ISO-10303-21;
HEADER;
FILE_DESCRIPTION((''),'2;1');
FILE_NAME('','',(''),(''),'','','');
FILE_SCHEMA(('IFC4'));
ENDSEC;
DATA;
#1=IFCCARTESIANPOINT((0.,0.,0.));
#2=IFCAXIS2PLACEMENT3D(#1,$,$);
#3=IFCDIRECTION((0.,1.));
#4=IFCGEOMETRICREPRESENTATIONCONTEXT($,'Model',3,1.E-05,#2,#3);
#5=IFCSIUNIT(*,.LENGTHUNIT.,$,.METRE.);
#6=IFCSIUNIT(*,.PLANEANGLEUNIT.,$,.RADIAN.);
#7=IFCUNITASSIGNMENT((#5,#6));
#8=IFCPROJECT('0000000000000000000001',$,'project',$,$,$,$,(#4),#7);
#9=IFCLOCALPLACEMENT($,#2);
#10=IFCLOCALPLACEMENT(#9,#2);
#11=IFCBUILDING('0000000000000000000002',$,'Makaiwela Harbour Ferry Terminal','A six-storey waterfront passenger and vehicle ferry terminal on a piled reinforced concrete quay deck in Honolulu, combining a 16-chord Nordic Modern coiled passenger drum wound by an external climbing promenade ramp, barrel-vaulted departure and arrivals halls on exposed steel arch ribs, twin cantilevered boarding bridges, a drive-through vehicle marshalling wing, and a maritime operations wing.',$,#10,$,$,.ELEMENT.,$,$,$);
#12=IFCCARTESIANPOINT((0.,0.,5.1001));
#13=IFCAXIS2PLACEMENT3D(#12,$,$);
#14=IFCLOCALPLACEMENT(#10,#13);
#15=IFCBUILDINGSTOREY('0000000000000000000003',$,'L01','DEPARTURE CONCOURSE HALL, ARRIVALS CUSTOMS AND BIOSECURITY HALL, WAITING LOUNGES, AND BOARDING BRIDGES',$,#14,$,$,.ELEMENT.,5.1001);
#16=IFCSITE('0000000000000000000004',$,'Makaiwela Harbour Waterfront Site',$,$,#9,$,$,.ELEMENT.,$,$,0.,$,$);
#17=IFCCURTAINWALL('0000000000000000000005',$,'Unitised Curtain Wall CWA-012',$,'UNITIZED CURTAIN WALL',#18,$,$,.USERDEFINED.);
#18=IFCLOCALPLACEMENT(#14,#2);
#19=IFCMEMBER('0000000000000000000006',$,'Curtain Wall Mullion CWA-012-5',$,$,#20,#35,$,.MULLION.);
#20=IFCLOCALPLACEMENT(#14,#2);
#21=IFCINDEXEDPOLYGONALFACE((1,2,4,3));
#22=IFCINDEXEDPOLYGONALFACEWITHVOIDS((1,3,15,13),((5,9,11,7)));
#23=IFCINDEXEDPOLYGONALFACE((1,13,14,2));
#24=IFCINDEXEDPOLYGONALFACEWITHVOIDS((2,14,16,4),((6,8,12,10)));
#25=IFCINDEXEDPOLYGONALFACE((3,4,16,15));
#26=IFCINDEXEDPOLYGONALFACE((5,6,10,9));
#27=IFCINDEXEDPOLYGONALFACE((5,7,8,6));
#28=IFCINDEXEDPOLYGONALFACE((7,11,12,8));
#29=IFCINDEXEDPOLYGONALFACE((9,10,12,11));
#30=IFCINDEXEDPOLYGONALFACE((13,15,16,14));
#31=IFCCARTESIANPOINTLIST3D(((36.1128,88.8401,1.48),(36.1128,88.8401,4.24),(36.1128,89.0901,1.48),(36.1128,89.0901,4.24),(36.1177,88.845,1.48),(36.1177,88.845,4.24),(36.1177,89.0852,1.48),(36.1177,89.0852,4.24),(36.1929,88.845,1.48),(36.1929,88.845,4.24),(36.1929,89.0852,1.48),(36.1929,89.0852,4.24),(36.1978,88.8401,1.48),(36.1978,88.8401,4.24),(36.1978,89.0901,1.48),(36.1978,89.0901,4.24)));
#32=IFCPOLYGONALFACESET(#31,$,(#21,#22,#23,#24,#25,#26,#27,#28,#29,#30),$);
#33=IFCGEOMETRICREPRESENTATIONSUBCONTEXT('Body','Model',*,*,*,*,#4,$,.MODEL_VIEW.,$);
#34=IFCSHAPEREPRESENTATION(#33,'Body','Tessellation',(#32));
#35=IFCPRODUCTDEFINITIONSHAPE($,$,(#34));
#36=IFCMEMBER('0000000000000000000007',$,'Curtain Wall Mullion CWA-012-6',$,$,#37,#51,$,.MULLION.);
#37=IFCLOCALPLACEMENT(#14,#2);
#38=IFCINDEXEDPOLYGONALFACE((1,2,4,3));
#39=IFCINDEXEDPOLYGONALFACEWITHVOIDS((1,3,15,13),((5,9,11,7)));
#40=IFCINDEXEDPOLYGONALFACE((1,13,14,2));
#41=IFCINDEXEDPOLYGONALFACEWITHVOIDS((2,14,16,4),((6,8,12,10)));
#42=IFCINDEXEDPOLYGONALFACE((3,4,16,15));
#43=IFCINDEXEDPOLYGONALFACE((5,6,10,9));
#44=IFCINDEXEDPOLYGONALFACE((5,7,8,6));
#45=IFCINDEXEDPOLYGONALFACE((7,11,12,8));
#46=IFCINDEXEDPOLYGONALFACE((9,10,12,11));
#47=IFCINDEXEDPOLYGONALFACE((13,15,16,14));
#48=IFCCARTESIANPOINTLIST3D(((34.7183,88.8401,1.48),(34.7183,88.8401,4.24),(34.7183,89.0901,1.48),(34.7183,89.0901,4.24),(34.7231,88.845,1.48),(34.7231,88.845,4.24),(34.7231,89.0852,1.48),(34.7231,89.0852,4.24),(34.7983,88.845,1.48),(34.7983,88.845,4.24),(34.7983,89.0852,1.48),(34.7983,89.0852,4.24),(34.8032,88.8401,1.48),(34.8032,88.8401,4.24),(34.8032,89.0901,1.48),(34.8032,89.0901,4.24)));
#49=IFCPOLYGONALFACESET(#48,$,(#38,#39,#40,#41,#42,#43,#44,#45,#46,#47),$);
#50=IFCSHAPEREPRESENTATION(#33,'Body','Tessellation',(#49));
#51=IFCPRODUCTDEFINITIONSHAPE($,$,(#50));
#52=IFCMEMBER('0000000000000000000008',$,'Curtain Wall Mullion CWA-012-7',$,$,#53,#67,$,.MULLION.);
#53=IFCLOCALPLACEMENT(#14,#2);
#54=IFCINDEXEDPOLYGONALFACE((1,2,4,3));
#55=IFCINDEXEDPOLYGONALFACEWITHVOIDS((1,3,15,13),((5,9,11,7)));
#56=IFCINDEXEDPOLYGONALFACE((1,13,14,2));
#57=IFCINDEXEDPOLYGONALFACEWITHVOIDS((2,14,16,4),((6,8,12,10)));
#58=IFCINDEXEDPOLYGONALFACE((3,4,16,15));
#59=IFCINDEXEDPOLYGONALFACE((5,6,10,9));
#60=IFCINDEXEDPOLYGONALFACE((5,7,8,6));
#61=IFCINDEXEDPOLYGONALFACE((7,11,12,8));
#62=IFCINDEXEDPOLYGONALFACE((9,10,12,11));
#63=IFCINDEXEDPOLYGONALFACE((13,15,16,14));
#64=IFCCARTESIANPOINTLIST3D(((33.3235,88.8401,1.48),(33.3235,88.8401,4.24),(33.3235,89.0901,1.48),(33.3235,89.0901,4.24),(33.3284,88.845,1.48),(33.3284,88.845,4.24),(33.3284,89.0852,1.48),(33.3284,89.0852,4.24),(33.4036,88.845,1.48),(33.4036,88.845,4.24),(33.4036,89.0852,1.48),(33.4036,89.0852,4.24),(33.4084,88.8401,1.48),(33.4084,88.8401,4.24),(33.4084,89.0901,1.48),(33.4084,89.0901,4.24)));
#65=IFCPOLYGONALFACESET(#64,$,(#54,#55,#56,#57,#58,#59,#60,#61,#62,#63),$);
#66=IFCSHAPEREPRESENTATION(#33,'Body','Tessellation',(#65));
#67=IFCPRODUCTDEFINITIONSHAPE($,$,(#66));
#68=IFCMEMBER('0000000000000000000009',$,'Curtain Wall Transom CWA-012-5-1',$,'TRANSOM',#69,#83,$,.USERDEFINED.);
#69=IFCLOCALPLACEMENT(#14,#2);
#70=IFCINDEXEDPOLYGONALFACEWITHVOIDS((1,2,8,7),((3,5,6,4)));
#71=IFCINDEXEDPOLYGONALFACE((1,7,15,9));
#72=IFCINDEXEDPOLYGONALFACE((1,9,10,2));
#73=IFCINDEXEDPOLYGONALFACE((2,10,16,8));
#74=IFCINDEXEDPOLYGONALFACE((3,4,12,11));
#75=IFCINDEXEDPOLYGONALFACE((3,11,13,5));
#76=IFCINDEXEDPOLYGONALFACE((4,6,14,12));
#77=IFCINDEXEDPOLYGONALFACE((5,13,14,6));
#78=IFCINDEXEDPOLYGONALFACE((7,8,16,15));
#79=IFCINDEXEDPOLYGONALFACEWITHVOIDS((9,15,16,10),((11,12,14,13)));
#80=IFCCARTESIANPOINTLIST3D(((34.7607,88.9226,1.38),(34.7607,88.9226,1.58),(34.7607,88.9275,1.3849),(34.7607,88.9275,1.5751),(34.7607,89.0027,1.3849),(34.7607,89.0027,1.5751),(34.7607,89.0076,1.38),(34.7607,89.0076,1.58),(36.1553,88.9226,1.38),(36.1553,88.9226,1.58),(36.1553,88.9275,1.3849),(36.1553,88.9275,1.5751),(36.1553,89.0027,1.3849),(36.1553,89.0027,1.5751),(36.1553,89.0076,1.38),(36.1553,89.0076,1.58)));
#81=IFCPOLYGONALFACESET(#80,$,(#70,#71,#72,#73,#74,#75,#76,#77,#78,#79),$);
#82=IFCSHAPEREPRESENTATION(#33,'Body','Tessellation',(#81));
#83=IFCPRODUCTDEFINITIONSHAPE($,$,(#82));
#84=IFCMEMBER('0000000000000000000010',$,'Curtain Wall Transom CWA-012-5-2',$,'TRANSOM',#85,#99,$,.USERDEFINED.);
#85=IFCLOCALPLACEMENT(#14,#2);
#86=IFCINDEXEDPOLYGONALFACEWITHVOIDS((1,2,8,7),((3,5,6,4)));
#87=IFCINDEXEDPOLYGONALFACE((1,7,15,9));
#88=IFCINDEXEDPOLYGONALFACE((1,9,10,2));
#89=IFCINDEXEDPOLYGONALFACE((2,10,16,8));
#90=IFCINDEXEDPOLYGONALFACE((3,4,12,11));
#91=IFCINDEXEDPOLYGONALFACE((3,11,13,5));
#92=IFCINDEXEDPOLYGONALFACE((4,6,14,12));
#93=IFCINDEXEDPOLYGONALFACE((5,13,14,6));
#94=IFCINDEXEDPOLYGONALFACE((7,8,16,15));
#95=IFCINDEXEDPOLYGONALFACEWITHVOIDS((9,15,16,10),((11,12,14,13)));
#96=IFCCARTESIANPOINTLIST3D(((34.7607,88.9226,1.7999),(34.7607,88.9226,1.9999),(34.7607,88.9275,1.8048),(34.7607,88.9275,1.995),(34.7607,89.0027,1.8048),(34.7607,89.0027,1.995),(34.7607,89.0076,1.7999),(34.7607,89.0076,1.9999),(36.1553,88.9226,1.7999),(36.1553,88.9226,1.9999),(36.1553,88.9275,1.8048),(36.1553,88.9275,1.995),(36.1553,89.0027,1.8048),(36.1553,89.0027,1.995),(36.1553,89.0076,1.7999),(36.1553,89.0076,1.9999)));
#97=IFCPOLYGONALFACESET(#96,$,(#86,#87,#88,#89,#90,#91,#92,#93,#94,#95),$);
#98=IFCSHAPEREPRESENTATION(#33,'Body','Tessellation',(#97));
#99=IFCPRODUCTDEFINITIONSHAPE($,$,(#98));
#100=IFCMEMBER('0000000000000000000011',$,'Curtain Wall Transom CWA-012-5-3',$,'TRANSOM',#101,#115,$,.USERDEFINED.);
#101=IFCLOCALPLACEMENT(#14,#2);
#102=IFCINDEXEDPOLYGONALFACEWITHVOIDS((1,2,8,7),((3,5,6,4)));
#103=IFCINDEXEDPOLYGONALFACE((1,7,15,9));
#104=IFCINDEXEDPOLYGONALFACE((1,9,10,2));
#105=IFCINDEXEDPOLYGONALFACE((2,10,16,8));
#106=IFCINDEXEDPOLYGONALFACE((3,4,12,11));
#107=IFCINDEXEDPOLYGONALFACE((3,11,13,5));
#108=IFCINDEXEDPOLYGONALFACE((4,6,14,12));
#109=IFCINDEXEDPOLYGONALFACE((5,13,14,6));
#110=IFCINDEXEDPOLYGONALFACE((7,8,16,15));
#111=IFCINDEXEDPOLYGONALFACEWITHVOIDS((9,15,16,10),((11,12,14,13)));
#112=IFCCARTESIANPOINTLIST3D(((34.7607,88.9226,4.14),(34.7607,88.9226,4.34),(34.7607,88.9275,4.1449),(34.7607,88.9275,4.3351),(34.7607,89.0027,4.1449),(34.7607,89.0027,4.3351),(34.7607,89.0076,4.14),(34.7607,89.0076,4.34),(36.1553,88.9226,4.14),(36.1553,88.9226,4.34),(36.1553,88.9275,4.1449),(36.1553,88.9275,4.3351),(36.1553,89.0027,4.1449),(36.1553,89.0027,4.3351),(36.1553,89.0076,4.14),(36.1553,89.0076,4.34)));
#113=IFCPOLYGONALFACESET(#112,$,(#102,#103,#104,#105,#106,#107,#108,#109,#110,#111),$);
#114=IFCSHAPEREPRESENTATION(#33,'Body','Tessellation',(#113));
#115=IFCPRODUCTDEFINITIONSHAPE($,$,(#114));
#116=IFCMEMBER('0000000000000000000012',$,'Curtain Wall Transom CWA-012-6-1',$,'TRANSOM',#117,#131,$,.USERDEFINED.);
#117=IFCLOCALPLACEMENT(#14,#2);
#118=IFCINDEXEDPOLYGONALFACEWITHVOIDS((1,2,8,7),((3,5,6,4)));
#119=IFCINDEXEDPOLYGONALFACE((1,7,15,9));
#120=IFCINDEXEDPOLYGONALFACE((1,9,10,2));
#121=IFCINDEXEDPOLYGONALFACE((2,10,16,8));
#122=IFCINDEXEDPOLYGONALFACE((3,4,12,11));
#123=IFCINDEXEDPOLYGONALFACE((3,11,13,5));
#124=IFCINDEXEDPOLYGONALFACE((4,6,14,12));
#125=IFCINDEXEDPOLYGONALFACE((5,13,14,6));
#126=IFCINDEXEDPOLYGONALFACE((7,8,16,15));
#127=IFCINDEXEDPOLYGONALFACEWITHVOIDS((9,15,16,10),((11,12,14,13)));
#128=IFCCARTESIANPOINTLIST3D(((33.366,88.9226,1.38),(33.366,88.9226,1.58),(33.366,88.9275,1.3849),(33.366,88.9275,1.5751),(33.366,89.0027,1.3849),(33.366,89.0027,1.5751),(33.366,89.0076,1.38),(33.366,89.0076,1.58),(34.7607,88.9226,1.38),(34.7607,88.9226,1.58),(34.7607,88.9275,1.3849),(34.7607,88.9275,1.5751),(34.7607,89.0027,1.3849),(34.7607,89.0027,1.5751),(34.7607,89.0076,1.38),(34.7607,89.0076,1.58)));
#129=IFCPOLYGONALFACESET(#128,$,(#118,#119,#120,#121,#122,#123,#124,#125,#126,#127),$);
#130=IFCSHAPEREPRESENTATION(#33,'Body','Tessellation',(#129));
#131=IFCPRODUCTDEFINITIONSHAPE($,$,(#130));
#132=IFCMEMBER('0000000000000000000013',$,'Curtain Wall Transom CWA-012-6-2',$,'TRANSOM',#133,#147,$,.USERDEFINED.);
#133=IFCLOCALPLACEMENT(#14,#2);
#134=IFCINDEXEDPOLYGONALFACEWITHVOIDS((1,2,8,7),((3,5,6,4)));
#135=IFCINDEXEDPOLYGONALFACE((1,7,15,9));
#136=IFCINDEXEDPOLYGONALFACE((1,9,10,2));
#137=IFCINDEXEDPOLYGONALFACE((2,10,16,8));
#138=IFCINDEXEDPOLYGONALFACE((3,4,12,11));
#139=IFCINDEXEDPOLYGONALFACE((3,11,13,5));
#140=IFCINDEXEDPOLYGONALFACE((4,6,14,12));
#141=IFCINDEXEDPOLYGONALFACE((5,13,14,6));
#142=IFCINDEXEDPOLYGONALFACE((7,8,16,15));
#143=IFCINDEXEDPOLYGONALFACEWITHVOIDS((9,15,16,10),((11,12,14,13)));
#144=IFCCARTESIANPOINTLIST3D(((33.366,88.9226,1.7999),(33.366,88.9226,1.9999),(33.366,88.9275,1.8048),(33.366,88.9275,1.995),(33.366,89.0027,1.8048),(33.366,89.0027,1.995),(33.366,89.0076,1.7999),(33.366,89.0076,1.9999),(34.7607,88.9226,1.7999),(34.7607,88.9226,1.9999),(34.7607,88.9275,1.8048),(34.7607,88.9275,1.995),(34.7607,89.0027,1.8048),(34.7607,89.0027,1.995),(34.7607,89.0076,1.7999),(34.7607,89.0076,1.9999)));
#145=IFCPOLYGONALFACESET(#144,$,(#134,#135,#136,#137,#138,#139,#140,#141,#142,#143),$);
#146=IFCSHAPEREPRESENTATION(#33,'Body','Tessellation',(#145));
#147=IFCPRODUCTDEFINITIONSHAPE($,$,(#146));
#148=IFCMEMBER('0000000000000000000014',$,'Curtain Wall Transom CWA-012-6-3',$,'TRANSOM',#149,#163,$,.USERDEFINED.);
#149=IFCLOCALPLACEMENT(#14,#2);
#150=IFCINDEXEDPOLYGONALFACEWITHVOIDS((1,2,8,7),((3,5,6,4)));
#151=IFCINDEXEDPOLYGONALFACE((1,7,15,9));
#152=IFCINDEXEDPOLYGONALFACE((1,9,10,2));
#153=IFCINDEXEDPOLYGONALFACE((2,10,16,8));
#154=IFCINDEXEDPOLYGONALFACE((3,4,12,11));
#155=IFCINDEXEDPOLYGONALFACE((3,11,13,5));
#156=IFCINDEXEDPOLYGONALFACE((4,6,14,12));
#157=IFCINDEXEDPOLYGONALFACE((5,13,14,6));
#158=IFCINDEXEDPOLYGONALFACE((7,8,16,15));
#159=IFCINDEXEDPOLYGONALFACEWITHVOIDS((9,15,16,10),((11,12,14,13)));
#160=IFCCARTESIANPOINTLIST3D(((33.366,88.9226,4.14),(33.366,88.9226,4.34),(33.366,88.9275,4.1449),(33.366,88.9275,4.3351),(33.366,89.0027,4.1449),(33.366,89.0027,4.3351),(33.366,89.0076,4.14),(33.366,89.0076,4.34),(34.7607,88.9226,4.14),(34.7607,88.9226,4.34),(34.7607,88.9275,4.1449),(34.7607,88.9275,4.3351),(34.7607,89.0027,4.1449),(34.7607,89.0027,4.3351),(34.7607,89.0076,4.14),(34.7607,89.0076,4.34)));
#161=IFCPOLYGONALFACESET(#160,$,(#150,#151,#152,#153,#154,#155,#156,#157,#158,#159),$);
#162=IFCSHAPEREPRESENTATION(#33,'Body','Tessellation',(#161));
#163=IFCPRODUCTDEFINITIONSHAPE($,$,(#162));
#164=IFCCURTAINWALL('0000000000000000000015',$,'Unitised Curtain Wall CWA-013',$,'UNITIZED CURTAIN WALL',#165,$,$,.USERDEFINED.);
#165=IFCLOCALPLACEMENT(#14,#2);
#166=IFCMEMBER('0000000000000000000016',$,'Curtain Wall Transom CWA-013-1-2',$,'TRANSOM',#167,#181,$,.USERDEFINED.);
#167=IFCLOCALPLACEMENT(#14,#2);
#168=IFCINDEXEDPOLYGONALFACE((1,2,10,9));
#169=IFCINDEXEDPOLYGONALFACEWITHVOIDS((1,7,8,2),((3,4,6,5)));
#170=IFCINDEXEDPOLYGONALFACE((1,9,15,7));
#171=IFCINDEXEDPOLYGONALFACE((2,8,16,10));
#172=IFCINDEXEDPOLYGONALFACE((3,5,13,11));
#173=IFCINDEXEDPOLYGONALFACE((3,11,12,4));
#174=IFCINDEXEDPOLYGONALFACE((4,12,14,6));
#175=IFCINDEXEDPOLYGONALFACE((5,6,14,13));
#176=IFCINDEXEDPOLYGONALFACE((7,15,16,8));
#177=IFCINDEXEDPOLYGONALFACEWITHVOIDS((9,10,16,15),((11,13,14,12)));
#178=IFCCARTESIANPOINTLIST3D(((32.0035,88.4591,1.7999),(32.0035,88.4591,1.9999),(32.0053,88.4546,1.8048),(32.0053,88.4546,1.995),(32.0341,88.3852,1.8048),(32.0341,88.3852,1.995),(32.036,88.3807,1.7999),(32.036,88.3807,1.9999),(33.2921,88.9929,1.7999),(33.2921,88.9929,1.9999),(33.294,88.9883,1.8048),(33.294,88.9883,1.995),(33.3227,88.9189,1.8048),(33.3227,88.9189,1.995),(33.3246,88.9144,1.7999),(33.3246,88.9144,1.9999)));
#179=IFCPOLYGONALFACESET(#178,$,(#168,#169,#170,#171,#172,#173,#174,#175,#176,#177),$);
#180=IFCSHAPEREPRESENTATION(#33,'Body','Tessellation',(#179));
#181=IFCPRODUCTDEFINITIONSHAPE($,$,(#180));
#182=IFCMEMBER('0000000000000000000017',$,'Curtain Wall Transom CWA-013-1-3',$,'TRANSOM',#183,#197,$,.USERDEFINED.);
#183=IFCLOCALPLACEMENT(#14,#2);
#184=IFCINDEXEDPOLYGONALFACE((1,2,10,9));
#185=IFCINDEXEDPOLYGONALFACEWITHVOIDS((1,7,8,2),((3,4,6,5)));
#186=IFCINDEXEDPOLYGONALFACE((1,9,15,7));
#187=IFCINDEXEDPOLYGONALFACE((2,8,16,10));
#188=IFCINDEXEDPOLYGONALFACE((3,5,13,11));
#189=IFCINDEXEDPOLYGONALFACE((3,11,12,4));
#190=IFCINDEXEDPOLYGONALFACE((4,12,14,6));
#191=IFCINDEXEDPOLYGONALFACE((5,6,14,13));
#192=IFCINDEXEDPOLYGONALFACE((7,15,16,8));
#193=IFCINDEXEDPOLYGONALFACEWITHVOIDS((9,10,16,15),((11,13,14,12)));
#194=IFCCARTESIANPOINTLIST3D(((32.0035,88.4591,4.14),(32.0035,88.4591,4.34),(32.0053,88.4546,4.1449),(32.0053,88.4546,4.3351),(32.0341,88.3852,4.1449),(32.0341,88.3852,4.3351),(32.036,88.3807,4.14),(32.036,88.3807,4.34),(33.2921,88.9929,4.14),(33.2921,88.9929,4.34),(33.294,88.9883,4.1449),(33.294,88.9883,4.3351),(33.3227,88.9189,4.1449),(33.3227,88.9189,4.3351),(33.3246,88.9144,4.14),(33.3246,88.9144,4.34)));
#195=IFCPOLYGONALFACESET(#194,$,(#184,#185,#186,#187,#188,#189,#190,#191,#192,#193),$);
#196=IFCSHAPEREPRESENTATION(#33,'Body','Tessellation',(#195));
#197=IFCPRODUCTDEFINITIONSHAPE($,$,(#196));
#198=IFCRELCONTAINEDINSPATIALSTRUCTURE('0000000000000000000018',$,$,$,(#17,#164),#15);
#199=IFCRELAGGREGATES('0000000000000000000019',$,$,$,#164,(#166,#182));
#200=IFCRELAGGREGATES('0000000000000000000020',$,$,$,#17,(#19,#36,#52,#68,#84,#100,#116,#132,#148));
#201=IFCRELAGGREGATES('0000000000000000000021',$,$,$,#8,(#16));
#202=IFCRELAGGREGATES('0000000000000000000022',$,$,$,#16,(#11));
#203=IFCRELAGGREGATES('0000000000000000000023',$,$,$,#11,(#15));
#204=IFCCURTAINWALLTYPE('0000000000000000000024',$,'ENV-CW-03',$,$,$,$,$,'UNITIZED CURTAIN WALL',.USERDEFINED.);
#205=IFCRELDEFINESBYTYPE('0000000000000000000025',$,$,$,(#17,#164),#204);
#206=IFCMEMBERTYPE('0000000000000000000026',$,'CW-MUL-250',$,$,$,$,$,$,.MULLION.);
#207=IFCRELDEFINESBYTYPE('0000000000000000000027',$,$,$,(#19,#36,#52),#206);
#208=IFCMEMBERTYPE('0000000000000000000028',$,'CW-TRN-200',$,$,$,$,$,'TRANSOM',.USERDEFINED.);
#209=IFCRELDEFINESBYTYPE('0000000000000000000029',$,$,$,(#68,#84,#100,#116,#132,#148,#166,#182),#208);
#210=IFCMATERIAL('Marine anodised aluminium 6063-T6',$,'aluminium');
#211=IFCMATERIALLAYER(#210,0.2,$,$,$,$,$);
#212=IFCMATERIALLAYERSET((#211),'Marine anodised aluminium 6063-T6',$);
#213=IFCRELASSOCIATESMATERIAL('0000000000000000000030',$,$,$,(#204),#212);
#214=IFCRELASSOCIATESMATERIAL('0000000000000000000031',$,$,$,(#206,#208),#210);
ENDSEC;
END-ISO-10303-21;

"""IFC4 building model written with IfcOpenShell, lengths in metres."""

from ifc_helpers import new_model, si_unit, direction, frame, origin, origin_2d, place, context, subcontext, project, spatial, hollow_rectangle, extrude, material, layer, layer_set, material_profile, profile_set, type_object, element, aggregate, save


model = new_model("IFC4")

# Units and contexts
model_context = context("Model", 3, precision=1e-05, world=origin(), true_north=direction((0.0, 1.0)))
body_context = subcontext(model_context, "Body", "Model", "MODEL_VIEW")
ifc_project = project(units=[si_unit("LENGTHUNIT", "METRE"), si_unit("PLANEANGLEUNIT", "RADIAN")], contexts=[model_context])

# Site, building, storey
site_placement = place(None, origin())
site = spatial("IfcSite", under=ifc_project, at=site_placement, Name="Makaiwela Harbour Waterfront Site", CompositionType="ELEMENT", RefElevation=0.0)
building_placement = place(site_placement, origin())
building = spatial("IfcBuilding", under=site, at=building_placement, Name="Makaiwela Harbour Ferry Terminal", Description="A six-storey waterfront passenger and vehicle ferry terminal on a piled reinforced concrete quay deck in Honolulu, combining a 16-chord Nordic Modern coiled passenger drum wound by an external climbing promenade ramp, barrel-vaulted departure and arrivals halls on exposed steel arch ribs, twin cantilevered boarding bridges, a drive-through vehicle marshalling wing, and a maritime operations wing.", CompositionType="ELEMENT")
storey_placement = place(building_placement, frame((0.0, 0.0, 5.1001)))
storey = spatial("IfcBuildingStorey", under=building, at=storey_placement, Name="L01", Description="DEPARTURE CONCOURSE HALL, ARRIVALS CUSTOMS AND BIOSECURITY HALL, WAITING LOUNGES, AND BOARDING BRIDGES", CompositionType="ELEMENT", Elevation=5.1001)

# Curtain walls, members
ifc_material_1 = material(Name="Marine anodised aluminium 6063-T6", Category="aluminium")
ifc_layer_1 = layer(ifc_material_1, 0.2)
ifc_layer_set_1 = layer_set([ifc_layer_1], Name="Marine anodised aluminium 6063-T6")
curtain_wall_type = type_object("IfcCurtainWallType", Name="ENV-CW-03", ElementType="UNITIZED CURTAIN WALL", PredefinedType="USERDEFINED", material=ifc_layer_set_1)
curtain_wall_1_placement = place(storey_placement, origin())
curtain_wall_1 = element("IfcCurtainWall", 1, at=curtain_wall_1_placement, inside=storey, type_object=curtain_wall_type, Name="Unitised Curtain Wall CWA-012", ObjectType="UNITIZED CURTAIN WALL", PredefinedType="USERDEFINED")
ifc_material_profile_1 = material_profile(ifc_material_1, hollow_rectangle(XDim=0.085, YDim=0.25, WallThickness=0.0049, at=origin_2d()), Name="CWM-250X85")
ifc_profile_set_1 = profile_set([ifc_material_profile_1], Name="Marine anodised aluminium 6063-T6")
member_type_1 = type_object("IfcMemberType", Name="CW-MUL-250", PredefinedType="MULLION", material=ifc_profile_set_1)
member_1_placement = place(storey_placement, frame((36.1553, 88.9651, 1.48), z_axis=(0.0, 0.0, 1.0), x_axis=(1.0, 0.0, 0.0)))
member_1 = element("IfcMember", 2, at=member_1_placement, type_object=member_type_1, Name="Curtain Wall Mullion CWA-012-5", PredefinedType="MULLION", context=body_context, shape_type="SweptSolid", body=[
    extrude(hollow_rectangle(XDim=0.085, YDim=0.25, WallThickness=0.0049, at=origin_2d()), origin(), (0.0, 0.0, 1.0), 2.76),
])
member_2_placement = place(storey_placement, frame((34.7607, 88.9651, 1.48), z_axis=(0.0, 0.0, 1.0), x_axis=(1.0, 0.0, 0.0)))
member_2 = element("IfcMember", 3, at=member_2_placement, type_object=member_type_1, Name="Curtain Wall Mullion CWA-012-6", PredefinedType="MULLION", context=body_context, shape_type="SweptSolid", body=[
    extrude(hollow_rectangle(XDim=0.085, YDim=0.25, WallThickness=0.0049, at=origin_2d()), origin(), (0.0, 0.0, 1.0), 2.76),
])
member_3_placement = place(storey_placement, frame((33.366, 88.9651, 1.48), z_axis=(0.0, 0.0, 1.0), x_axis=(1.0, 0.0, 0.0)))
member_3 = element("IfcMember", 4, at=member_3_placement, type_object=member_type_1, Name="Curtain Wall Mullion CWA-012-7", PredefinedType="MULLION", context=body_context, shape_type="SweptSolid", body=[
    extrude(hollow_rectangle(XDim=0.085, YDim=0.25, WallThickness=0.0049, at=origin_2d()), origin(), (0.0, 0.0, 1.0), 2.76),
])
ifc_material_profile_2 = material_profile(ifc_material_1, hollow_rectangle(XDim=0.085, YDim=0.2, WallThickness=0.0049, at=origin_2d()), Name="CWT-200X85")
ifc_profile_set_2 = profile_set([ifc_material_profile_2], Name="Marine anodised aluminium 6063-T6")
member_type_2 = type_object("IfcMemberType", Name="CW-TRN-200", ElementType="TRANSOM", PredefinedType="USERDEFINED", material=ifc_profile_set_2)
member_4_placement = place(storey_placement, frame((36.1553, 88.9651, 1.48), z_axis=(-1.0, 0.0, 0.0), x_axis=(0.0, -1.0, 0.0)))
member_4 = element("IfcMember", 5, at=member_4_placement, type_object=member_type_2, Name="Curtain Wall Transom CWA-012-5-1", ObjectType="TRANSOM", PredefinedType="USERDEFINED", context=body_context, shape_type="SweptSolid", body=[
    extrude(hollow_rectangle(XDim=0.085, YDim=0.2, WallThickness=0.0049, at=origin_2d()), origin(), (0.0, 0.0, 1.0), 1.3945),
])
member_5_placement = place(storey_placement, frame((36.1553, 88.9651, 1.8999), z_axis=(-1.0, 0.0, 0.0), x_axis=(0.0, -1.0, 0.0)))
member_5 = element("IfcMember", 6, at=member_5_placement, type_object=member_type_2, Name="Curtain Wall Transom CWA-012-5-2", ObjectType="TRANSOM", PredefinedType="USERDEFINED", context=body_context, shape_type="SweptSolid", body=[
    extrude(hollow_rectangle(XDim=0.085, YDim=0.2, WallThickness=0.0049, at=origin_2d()), origin(), (0.0, 0.0, 1.0), 1.3945),
])
member_6_placement = place(storey_placement, frame((36.1553, 88.9651, 4.24), z_axis=(-1.0, 0.0, 0.0), x_axis=(0.0, -1.0, 0.0)))
member_6 = element("IfcMember", 7, at=member_6_placement, type_object=member_type_2, Name="Curtain Wall Transom CWA-012-5-3", ObjectType="TRANSOM", PredefinedType="USERDEFINED", context=body_context, shape_type="SweptSolid", body=[
    extrude(hollow_rectangle(XDim=0.085, YDim=0.2, WallThickness=0.0049, at=origin_2d()), origin(), (0.0, 0.0, 1.0), 1.3945),
])
member_7_placement = place(storey_placement, frame((34.7607, 88.9651, 1.48), z_axis=(-1.0, 0.0, 0.0), x_axis=(0.0, -1.0, 0.0)))
member_7 = element("IfcMember", 8, at=member_7_placement, type_object=member_type_2, Name="Curtain Wall Transom CWA-012-6-1", ObjectType="TRANSOM", PredefinedType="USERDEFINED", context=body_context, shape_type="SweptSolid", body=[
    extrude(hollow_rectangle(XDim=0.085, YDim=0.2, WallThickness=0.0049, at=origin_2d()), origin(), (0.0, 0.0, 1.0), 1.3948),
])
member_8_placement = place(storey_placement, frame((34.7607, 88.9651, 1.8999), z_axis=(-1.0, 0.0, 0.0), x_axis=(0.0, -1.0, 0.0)))
member_8 = element("IfcMember", 9, at=member_8_placement, type_object=member_type_2, Name="Curtain Wall Transom CWA-012-6-2", ObjectType="TRANSOM", PredefinedType="USERDEFINED", context=body_context, shape_type="SweptSolid", body=[
    extrude(hollow_rectangle(XDim=0.085, YDim=0.2, WallThickness=0.0049, at=origin_2d()), origin(), (0.0, 0.0, 1.0), 1.3948),
])
member_9_placement = place(storey_placement, frame((34.7607, 88.9651, 4.24), z_axis=(-1.0, 0.0, 0.0), x_axis=(0.0, -1.0, 0.0)))
member_9 = element("IfcMember", 10, at=member_9_placement, type_object=member_type_2, Name="Curtain Wall Transom CWA-012-6-3", ObjectType="TRANSOM", PredefinedType="USERDEFINED", context=body_context, shape_type="SweptSolid", body=[
    extrude(hollow_rectangle(XDim=0.085, YDim=0.2, WallThickness=0.0049, at=origin_2d()), origin(), (0.0, 0.0, 1.0), 1.3948),
])
curtain_wall_2_placement = place(storey_placement, origin())
curtain_wall_2 = element("IfcCurtainWall", 11, at=curtain_wall_2_placement, inside=storey, type_object=curtain_wall_type, Name="Unitised Curtain Wall CWA-013", ObjectType="UNITIZED CURTAIN WALL", PredefinedType="USERDEFINED")
member_10_placement = place(storey_placement, frame((33.3083, 88.9536, 1.8999), z_axis=(-0.923893, -0.382651, 0.0), x_axis=(0.382651, -0.923893, 0.0)))
member_10 = element("IfcMember", 12, at=member_10_placement, type_object=member_type_2, Name="Curtain Wall Transom CWA-013-1-2", ObjectType="TRANSOM", PredefinedType="USERDEFINED", context=body_context, shape_type="SweptSolid", body=[
    extrude(hollow_rectangle(XDim=0.085, YDim=0.2, WallThickness=0.0049, at=origin_2d()), origin(), (0.0, 0.0, 1.0), 1.3948),
])
member_11_placement = place(storey_placement, frame((33.3083, 88.9536, 4.24), z_axis=(-0.923893, -0.382651, 0.0), x_axis=(0.382651, -0.923893, 0.0)))
member_11 = element("IfcMember", 13, at=member_11_placement, type_object=member_type_2, Name="Curtain Wall Transom CWA-013-1-3", ObjectType="TRANSOM", PredefinedType="USERDEFINED", context=body_context, shape_type="SweptSolid", body=[
    extrude(hollow_rectangle(XDim=0.085, YDim=0.2, WallThickness=0.0049, at=origin_2d()), origin(), (0.0, 0.0, 1.0), 1.3948),
])
aggregate(curtain_wall_2, [member_10, member_11])

aggregate(curtain_wall_1, [member_1, member_2, member_3, member_4, member_5, member_6, member_7, member_8, member_9])

save(model, "model.ifc")
